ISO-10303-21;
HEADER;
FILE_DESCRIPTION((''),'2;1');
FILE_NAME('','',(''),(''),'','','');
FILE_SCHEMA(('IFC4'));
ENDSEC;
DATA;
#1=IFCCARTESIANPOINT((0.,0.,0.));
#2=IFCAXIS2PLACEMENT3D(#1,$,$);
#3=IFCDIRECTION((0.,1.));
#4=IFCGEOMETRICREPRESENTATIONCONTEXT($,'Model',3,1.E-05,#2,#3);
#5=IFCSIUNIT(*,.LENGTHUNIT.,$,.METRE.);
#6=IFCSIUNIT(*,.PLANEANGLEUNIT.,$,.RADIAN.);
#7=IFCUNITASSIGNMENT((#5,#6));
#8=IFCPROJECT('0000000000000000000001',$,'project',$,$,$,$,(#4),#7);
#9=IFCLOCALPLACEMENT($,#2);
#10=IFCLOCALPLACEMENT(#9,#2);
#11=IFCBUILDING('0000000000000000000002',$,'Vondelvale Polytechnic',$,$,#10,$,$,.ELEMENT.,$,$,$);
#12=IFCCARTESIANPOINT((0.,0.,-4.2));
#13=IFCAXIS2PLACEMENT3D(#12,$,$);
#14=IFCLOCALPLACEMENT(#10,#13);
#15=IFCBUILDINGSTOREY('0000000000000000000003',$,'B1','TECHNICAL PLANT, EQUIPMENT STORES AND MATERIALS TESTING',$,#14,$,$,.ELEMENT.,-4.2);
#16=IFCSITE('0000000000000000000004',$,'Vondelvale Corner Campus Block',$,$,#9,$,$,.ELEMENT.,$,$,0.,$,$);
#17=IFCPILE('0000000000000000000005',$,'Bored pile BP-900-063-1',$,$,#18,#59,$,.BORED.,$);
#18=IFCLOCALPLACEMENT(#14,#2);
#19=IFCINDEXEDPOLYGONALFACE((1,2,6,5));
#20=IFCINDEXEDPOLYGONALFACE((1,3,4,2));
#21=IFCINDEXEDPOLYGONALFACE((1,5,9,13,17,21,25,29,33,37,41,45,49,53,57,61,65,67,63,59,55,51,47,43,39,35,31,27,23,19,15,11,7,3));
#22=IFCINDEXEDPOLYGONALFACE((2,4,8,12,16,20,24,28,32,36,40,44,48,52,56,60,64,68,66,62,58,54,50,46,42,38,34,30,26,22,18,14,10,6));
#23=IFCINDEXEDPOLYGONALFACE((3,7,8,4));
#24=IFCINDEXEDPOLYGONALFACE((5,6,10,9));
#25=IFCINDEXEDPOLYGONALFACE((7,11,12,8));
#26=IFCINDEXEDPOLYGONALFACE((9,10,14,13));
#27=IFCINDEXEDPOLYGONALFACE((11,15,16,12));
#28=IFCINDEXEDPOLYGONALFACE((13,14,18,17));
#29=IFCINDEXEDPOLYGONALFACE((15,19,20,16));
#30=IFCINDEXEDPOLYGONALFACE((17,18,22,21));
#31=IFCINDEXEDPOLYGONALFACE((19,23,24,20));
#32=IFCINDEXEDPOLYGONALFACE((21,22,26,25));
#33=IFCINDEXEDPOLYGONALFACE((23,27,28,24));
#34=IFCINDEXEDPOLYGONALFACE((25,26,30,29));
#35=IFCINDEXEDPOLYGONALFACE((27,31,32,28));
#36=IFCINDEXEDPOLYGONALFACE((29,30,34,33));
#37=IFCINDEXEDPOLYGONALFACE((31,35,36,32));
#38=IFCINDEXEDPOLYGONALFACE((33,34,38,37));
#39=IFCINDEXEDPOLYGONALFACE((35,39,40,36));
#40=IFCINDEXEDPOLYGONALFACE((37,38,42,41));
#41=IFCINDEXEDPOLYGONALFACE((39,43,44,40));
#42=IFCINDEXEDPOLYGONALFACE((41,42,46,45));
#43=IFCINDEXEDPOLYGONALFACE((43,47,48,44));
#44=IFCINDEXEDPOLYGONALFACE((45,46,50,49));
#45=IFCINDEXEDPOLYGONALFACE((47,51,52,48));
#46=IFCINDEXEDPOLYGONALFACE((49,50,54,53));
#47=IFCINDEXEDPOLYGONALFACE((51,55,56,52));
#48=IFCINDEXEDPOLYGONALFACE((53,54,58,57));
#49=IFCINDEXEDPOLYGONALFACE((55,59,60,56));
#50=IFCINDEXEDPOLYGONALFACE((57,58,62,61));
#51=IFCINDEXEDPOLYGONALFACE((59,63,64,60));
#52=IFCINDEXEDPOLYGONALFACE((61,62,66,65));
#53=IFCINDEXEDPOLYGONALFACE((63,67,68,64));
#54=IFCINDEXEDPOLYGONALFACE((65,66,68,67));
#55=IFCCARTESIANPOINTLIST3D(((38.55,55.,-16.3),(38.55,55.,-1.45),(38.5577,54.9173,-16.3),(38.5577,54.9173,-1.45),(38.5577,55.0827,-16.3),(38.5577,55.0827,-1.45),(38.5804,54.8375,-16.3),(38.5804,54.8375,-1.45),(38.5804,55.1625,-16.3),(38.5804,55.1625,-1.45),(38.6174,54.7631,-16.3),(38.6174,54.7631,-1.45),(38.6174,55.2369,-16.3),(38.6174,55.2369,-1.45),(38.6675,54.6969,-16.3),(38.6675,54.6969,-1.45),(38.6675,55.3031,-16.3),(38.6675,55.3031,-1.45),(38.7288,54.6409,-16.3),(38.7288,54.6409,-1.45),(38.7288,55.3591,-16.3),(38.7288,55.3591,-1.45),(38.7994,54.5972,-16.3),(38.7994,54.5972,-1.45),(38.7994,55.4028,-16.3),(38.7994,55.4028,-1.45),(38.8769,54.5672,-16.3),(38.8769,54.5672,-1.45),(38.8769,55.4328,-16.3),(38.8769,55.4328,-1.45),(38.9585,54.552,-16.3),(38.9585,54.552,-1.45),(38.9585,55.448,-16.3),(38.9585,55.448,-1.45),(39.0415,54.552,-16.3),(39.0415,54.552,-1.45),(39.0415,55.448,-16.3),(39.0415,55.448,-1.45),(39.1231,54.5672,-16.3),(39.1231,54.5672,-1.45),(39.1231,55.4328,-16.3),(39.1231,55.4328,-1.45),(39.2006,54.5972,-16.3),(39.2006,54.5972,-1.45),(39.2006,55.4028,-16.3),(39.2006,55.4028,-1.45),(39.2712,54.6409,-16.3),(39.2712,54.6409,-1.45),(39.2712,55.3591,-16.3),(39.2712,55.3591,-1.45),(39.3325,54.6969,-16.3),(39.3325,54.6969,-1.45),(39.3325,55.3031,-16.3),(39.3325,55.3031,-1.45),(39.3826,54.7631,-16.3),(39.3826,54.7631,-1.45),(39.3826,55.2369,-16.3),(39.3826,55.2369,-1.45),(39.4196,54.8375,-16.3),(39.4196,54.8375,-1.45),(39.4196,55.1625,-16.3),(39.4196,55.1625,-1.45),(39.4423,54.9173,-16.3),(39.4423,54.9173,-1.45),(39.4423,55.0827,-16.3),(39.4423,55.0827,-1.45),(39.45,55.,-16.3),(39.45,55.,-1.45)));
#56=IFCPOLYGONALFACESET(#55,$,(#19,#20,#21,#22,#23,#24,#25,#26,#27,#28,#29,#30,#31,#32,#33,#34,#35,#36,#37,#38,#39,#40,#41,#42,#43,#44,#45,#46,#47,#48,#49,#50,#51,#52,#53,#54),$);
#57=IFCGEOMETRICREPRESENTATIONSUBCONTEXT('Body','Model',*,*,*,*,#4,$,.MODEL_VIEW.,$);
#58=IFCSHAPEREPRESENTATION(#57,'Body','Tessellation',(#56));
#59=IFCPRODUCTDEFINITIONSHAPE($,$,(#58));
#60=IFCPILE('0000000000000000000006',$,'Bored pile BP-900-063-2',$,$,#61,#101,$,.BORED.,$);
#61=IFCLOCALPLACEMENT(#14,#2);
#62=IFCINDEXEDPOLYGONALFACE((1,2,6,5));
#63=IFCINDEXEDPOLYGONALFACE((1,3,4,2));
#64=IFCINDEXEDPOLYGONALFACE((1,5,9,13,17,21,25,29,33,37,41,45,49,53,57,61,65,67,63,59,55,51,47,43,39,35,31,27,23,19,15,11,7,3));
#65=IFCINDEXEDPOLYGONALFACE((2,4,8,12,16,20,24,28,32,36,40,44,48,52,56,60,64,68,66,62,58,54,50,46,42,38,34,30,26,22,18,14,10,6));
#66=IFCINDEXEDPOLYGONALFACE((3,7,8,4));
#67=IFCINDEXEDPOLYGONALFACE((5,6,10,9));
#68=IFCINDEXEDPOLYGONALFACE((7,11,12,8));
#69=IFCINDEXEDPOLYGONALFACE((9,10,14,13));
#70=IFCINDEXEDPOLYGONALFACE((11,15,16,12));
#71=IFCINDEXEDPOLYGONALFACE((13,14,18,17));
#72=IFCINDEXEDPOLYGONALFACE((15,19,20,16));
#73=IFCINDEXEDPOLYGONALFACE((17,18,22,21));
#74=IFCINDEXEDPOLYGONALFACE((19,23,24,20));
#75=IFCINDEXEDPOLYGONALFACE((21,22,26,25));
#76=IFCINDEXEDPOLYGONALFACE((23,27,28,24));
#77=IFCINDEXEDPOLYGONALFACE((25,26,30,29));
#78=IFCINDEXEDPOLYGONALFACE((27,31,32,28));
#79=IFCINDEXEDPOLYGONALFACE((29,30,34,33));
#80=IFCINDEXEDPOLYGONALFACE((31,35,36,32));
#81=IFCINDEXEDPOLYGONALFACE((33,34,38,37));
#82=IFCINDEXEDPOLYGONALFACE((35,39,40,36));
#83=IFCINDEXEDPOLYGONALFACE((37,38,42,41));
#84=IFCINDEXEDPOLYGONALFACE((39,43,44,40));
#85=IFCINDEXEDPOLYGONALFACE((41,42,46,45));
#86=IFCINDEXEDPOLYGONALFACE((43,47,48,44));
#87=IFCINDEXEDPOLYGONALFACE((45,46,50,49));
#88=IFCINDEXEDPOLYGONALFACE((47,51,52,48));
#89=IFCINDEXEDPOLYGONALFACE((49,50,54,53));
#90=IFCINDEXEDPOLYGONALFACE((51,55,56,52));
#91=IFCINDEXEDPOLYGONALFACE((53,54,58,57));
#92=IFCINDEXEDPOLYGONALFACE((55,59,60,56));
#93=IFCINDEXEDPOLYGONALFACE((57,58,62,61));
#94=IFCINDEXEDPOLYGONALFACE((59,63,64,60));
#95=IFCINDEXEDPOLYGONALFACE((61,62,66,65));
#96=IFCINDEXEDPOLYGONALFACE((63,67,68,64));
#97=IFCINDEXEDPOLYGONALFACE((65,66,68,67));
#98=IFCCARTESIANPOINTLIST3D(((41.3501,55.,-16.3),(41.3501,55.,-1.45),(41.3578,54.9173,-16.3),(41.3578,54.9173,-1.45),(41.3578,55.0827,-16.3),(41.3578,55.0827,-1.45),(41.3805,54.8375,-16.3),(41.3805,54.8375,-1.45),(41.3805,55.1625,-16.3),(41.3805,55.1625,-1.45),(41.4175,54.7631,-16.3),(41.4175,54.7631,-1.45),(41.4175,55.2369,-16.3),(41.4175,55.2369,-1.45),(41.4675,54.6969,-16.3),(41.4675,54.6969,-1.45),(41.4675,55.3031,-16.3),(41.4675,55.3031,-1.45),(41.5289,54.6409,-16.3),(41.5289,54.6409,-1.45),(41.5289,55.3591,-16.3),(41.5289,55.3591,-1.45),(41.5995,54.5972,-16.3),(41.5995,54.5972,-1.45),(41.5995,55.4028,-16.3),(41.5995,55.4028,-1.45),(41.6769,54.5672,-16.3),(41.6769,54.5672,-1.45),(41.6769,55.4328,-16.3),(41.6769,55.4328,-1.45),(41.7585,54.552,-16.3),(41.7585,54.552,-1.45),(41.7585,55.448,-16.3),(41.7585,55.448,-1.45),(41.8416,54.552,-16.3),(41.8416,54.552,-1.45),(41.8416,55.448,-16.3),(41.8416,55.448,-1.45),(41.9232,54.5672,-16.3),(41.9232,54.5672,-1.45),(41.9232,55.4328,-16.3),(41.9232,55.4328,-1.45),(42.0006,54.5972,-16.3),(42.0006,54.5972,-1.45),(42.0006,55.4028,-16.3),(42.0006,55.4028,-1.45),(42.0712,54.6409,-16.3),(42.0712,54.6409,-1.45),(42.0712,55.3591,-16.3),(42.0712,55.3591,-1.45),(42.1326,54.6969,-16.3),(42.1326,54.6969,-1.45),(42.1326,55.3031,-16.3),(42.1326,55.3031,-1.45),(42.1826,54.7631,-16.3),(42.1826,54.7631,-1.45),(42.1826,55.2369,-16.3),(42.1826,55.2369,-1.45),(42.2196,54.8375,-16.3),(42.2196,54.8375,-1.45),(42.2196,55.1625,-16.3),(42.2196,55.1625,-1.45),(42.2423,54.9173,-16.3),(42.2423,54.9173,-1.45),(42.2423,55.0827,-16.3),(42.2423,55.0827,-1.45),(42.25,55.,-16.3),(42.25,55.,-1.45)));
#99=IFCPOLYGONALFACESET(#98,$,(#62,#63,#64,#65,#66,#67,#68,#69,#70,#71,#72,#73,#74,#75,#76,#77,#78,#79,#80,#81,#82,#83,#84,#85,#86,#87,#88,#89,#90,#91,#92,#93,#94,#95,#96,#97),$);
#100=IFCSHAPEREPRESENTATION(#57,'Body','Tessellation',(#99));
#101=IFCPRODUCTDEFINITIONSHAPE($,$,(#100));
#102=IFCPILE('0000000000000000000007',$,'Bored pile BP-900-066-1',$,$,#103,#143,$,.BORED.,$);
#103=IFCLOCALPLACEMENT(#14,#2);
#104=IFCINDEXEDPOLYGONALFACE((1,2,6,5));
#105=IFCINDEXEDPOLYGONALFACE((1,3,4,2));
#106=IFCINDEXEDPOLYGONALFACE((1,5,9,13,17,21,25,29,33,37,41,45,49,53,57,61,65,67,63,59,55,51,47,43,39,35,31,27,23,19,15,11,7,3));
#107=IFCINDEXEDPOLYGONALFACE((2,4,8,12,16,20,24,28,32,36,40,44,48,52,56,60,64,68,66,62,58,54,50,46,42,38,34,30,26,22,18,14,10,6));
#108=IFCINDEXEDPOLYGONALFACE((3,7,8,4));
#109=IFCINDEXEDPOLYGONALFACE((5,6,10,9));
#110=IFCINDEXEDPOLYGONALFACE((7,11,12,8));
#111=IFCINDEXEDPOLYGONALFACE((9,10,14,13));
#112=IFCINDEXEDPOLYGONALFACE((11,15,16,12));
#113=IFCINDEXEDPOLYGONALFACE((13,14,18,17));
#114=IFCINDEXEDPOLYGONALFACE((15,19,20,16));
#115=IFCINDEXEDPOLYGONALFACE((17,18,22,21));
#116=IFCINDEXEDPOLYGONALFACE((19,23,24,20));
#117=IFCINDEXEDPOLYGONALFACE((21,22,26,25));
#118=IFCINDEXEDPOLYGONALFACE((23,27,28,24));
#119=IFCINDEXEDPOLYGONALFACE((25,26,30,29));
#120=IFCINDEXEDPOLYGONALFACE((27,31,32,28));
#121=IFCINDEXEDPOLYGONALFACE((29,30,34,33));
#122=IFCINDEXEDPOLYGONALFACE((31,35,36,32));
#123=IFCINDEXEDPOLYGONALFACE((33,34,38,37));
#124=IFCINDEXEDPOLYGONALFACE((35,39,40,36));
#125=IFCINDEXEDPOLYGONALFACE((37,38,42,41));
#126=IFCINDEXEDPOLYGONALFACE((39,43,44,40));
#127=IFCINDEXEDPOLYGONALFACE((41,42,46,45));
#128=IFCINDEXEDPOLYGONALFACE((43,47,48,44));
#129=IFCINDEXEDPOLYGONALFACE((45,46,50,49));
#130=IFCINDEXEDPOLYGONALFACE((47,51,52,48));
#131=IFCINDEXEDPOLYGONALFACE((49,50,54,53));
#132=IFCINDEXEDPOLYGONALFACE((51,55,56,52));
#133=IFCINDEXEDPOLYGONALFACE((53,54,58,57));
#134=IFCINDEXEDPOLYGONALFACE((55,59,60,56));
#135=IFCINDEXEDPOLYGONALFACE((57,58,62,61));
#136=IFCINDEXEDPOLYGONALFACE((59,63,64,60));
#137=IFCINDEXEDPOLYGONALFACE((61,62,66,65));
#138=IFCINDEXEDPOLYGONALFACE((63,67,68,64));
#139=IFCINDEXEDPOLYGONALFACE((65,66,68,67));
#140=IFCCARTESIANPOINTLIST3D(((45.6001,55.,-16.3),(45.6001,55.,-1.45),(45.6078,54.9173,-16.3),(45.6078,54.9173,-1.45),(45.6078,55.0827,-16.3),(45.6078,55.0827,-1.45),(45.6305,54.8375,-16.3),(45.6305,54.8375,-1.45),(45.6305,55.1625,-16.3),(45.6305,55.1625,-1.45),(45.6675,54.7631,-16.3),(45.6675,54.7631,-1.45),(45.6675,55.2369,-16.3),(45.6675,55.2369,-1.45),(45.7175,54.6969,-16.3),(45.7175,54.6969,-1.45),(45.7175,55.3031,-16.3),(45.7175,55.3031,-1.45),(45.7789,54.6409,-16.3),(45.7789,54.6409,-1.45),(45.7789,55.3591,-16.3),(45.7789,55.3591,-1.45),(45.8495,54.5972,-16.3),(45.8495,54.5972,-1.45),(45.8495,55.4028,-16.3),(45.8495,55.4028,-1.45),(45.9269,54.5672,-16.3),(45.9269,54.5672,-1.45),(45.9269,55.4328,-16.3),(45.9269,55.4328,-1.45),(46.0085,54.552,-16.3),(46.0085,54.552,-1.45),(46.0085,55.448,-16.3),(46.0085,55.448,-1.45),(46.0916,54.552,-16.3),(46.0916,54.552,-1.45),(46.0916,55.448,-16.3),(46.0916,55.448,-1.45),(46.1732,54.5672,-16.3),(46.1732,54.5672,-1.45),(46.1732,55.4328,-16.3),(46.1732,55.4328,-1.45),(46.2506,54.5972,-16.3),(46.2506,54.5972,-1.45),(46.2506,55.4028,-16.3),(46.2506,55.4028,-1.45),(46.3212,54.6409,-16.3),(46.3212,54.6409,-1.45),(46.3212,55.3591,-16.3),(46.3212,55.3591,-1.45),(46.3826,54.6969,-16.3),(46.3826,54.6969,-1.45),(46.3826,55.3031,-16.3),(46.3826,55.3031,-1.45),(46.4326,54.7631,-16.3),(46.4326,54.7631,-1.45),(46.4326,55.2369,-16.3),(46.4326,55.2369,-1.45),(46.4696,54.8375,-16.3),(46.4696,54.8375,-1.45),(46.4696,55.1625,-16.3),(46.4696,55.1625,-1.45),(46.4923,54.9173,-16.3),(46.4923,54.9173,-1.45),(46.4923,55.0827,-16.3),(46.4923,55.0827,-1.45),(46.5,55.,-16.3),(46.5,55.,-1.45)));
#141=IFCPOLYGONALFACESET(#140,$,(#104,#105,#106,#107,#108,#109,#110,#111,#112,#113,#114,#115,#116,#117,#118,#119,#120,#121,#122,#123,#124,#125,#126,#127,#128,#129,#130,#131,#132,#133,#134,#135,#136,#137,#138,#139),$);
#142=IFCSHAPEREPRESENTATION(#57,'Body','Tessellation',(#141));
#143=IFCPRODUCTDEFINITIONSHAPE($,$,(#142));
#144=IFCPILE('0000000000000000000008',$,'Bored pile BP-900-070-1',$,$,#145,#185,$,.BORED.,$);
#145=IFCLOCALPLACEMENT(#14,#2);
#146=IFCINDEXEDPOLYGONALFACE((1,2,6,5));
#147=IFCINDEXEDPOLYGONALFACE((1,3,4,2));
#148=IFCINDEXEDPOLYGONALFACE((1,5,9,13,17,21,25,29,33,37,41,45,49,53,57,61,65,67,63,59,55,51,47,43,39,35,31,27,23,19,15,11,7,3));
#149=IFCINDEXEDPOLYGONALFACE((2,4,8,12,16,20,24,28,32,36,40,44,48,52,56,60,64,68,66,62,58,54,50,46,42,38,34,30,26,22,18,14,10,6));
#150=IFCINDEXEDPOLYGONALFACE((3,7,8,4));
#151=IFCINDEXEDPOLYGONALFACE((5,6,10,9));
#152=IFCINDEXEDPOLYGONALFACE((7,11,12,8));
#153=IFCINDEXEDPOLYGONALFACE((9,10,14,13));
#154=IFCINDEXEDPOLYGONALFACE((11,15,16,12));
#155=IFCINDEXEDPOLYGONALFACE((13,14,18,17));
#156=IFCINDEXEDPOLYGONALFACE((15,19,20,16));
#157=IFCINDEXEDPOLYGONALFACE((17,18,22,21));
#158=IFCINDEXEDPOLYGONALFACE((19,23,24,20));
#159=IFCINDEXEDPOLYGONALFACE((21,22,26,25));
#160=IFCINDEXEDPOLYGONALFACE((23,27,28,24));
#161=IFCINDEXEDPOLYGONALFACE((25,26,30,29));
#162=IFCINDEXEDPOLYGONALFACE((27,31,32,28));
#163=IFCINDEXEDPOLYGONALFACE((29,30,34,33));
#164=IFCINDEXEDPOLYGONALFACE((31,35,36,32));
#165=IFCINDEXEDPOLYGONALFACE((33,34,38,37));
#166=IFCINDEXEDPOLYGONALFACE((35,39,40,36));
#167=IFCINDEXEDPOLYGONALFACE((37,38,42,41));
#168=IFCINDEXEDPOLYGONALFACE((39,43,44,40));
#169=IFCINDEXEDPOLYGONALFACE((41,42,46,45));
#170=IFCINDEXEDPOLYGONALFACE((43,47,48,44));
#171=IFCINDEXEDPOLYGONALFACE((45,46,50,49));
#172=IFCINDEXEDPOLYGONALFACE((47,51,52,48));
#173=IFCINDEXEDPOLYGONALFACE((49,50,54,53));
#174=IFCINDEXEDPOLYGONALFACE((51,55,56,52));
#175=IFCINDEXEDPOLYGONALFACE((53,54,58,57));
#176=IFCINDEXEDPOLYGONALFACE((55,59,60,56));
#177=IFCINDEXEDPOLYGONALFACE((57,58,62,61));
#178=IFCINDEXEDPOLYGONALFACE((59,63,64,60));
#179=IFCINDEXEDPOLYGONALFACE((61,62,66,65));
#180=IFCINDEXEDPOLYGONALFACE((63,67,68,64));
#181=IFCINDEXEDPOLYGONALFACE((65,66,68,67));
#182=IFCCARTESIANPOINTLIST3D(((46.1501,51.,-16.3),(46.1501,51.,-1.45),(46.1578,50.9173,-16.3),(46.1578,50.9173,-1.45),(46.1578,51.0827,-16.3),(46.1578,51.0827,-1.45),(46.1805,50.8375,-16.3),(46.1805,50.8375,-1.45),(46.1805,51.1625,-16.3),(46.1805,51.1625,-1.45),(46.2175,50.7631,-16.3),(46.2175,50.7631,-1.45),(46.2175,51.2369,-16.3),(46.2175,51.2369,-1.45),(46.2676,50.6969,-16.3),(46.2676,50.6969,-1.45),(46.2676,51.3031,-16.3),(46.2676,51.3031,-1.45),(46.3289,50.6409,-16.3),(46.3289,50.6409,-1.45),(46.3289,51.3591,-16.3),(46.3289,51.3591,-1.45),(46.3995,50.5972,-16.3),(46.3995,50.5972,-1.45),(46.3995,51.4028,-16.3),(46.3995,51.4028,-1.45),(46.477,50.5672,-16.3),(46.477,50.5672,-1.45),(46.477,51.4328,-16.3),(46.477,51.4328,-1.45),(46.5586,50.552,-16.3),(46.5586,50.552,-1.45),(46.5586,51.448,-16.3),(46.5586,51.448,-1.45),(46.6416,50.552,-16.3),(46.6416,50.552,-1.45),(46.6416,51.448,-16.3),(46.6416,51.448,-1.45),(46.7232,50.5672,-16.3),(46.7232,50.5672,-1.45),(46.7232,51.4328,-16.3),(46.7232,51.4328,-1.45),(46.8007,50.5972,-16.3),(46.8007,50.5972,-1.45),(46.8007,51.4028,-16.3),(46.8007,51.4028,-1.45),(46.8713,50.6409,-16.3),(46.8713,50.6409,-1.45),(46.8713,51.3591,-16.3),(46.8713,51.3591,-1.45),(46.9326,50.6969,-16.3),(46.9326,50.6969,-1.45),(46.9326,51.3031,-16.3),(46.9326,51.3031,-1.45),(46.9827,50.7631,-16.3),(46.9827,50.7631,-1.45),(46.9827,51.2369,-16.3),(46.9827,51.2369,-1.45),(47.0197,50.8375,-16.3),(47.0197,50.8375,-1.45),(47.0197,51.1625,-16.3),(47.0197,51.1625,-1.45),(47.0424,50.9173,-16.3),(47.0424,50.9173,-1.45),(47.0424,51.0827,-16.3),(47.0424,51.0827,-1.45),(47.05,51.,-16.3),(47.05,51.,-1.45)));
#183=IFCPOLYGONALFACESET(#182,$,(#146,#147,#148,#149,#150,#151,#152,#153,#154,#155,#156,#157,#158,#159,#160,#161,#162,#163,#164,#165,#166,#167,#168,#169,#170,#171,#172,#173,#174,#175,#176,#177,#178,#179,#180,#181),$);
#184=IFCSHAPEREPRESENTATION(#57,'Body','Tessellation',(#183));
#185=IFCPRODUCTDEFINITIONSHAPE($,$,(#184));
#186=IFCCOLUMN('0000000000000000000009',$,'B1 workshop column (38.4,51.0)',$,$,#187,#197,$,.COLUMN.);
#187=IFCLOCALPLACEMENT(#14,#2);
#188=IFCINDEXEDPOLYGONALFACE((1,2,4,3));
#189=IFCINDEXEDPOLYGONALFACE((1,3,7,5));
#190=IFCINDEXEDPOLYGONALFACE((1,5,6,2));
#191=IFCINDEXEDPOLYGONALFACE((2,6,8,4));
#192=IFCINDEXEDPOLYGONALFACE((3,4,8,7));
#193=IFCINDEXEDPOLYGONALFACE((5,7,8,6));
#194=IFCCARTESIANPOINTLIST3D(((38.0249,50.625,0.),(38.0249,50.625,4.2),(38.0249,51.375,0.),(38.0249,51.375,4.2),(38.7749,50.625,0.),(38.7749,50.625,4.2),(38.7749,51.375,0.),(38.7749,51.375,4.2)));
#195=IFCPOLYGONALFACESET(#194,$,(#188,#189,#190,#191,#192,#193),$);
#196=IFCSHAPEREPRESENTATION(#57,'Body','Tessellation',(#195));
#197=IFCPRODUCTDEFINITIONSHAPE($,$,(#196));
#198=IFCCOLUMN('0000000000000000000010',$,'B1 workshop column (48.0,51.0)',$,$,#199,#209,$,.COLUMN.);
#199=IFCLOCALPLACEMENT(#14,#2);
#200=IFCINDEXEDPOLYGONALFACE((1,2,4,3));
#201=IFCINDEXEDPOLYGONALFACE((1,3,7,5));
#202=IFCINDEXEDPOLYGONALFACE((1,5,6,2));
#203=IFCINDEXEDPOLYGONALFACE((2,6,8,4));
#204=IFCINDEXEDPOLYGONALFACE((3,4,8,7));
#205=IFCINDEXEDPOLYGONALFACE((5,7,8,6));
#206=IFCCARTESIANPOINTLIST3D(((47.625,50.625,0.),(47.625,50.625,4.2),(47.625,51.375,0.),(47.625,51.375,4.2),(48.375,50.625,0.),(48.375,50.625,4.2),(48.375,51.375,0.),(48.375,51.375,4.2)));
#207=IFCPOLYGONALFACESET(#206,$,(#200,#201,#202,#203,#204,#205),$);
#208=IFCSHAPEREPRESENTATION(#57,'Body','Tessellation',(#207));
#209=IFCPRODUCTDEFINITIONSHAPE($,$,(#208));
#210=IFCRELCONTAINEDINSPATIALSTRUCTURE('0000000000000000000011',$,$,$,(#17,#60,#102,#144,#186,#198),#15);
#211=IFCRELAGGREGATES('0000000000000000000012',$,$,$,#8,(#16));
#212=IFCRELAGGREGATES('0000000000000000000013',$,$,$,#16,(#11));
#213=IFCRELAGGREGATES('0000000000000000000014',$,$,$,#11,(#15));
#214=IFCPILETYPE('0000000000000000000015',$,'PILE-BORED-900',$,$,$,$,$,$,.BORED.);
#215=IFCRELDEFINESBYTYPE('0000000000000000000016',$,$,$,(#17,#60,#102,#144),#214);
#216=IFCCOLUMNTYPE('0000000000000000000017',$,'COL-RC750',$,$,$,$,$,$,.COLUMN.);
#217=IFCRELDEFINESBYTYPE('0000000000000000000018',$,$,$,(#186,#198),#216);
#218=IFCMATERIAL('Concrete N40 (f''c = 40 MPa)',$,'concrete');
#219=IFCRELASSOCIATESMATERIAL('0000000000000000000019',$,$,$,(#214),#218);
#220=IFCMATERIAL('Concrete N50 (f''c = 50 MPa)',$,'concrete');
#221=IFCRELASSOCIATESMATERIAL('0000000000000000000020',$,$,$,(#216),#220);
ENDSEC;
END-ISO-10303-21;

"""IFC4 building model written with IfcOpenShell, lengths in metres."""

from ifc_helpers import new_model, si_unit, direction, frame, origin, origin_2d, place, context, subcontext, project, spatial, rectangle, circle, extrude, material, material_profile, profile_set, type_object, element, save


model = new_model("IFC4")

# Units and contexts
model_context = context("Model", 3, precision=1e-05, world=origin(), true_north=direction((0.0, 1.0)))
body_context = subcontext(model_context, "Body", "Model", "MODEL_VIEW")
ifc_project = project(units=[si_unit("LENGTHUNIT", "METRE"), si_unit("PLANEANGLEUNIT", "RADIAN")], contexts=[model_context])

# Site, building, storey
site_placement = place(None, origin())
site = spatial("IfcSite", under=ifc_project, at=site_placement, Name="Vondelvale Corner Campus Block", CompositionType="ELEMENT", RefElevation=0.0)
building_placement = place(site_placement, origin())
building = spatial("IfcBuilding", under=site, at=building_placement, Name="Vondelvale Polytechnic", CompositionType="ELEMENT")
storey_placement = place(building_placement, frame((0.0, 0.0, -4.2)))
storey = spatial("IfcBuildingStorey", under=building, at=storey_placement, Name="B1", Description="TECHNICAL PLANT, EQUIPMENT STORES AND MATERIALS TESTING", CompositionType="ELEMENT", Elevation=-4.2)

# Shared definitions
ifc_material_1 = material(Name="Concrete N40 (f'c = 40 MPa)", Category="concrete")

# Piles
ifc_material_profile_1 = material_profile(ifc_material_1, circle(Radius=0.45, at=origin_2d()), Name="PILE-D900")
ifc_profile_set_1 = profile_set([ifc_material_profile_1], Name="Concrete N40 (f'c = 40 MPa)")
pile_type_1 = type_object("IfcPileType", Name="PILE-BORED-900", PredefinedType="BORED", material=ifc_profile_set_1)
for number, where, z_axis, x_axis, name in (
    (1, (39.0, 55.0, -1.45), (0.0, 0.0, -1.0), (1.0, 0.0, 0.0), "Bored pile BP-900-063-1"),
    (2, (41.8, 55.0, -1.45), (0.0, 0.0, -1.0), (1.0, 0.0, 0.0), "Bored pile BP-900-063-2"),
    (3, (46.05, 55.0, -1.45), (0.0, 0.0, -1.0), (1.0, 0.0, 0.0), "Bored pile BP-900-066-1"),
    (4, (46.6001, 51.0, -1.45), (0.0, 0.0, -1.0), (1.0, 0.0, 0.0), "Bored pile BP-900-070-1"),
):
    element("IfcPile", number, at=place(storey_placement, frame(where, z_axis=z_axis, x_axis=x_axis)), inside=storey, type_object=pile_type_1, Name=name, PredefinedType="BORED", context=body_context, shape_type="SweptSolid", body=[
        extrude(circle(Radius=0.45, at=origin_2d()), origin(), (0.0, 0.0, 1.0), 14.8501),
    ])

# Columns
ifc_material_2 = material(Name="Concrete N50 (f'c = 50 MPa)", Category="concrete")
ifc_material_profile_2 = material_profile(ifc_material_2, rectangle(XDim=0.75, YDim=0.75, at=origin_2d()), Name="RC-COL-750x750")
ifc_profile_set_2 = profile_set([ifc_material_profile_2], Name="Concrete N50 (f'c = 50 MPa)")
column_type_1 = type_object("IfcColumnType", Name="COL-RC750", PredefinedType="COLUMN", material=ifc_profile_set_2)
for number, where, z_axis, x_axis, name in (
    (5, (38.3999, 51.0, 0.0), (0.0, 0.0, 1.0), (1.0, 0.0, 0.0), "B1 workshop column (38.4,51.0)"),
    (6, (48.0, 51.0, 0.0), (0.0, 0.0, 1.0), (1.0, 0.0, 0.0), "B1 workshop column (48.0,51.0)"),
):
    element("IfcColumn", number, at=place(storey_placement, frame(where, z_axis=z_axis, x_axis=x_axis)), inside=storey, type_object=column_type_1, Name=name, PredefinedType="COLUMN", context=body_context, shape_type="SweptSolid", body=[
        extrude(rectangle(XDim=0.75, YDim=0.75, at=origin_2d()), origin(), (0.0, 0.0, 1.0), 4.2),
    ])

save(model, "model.ifc")
